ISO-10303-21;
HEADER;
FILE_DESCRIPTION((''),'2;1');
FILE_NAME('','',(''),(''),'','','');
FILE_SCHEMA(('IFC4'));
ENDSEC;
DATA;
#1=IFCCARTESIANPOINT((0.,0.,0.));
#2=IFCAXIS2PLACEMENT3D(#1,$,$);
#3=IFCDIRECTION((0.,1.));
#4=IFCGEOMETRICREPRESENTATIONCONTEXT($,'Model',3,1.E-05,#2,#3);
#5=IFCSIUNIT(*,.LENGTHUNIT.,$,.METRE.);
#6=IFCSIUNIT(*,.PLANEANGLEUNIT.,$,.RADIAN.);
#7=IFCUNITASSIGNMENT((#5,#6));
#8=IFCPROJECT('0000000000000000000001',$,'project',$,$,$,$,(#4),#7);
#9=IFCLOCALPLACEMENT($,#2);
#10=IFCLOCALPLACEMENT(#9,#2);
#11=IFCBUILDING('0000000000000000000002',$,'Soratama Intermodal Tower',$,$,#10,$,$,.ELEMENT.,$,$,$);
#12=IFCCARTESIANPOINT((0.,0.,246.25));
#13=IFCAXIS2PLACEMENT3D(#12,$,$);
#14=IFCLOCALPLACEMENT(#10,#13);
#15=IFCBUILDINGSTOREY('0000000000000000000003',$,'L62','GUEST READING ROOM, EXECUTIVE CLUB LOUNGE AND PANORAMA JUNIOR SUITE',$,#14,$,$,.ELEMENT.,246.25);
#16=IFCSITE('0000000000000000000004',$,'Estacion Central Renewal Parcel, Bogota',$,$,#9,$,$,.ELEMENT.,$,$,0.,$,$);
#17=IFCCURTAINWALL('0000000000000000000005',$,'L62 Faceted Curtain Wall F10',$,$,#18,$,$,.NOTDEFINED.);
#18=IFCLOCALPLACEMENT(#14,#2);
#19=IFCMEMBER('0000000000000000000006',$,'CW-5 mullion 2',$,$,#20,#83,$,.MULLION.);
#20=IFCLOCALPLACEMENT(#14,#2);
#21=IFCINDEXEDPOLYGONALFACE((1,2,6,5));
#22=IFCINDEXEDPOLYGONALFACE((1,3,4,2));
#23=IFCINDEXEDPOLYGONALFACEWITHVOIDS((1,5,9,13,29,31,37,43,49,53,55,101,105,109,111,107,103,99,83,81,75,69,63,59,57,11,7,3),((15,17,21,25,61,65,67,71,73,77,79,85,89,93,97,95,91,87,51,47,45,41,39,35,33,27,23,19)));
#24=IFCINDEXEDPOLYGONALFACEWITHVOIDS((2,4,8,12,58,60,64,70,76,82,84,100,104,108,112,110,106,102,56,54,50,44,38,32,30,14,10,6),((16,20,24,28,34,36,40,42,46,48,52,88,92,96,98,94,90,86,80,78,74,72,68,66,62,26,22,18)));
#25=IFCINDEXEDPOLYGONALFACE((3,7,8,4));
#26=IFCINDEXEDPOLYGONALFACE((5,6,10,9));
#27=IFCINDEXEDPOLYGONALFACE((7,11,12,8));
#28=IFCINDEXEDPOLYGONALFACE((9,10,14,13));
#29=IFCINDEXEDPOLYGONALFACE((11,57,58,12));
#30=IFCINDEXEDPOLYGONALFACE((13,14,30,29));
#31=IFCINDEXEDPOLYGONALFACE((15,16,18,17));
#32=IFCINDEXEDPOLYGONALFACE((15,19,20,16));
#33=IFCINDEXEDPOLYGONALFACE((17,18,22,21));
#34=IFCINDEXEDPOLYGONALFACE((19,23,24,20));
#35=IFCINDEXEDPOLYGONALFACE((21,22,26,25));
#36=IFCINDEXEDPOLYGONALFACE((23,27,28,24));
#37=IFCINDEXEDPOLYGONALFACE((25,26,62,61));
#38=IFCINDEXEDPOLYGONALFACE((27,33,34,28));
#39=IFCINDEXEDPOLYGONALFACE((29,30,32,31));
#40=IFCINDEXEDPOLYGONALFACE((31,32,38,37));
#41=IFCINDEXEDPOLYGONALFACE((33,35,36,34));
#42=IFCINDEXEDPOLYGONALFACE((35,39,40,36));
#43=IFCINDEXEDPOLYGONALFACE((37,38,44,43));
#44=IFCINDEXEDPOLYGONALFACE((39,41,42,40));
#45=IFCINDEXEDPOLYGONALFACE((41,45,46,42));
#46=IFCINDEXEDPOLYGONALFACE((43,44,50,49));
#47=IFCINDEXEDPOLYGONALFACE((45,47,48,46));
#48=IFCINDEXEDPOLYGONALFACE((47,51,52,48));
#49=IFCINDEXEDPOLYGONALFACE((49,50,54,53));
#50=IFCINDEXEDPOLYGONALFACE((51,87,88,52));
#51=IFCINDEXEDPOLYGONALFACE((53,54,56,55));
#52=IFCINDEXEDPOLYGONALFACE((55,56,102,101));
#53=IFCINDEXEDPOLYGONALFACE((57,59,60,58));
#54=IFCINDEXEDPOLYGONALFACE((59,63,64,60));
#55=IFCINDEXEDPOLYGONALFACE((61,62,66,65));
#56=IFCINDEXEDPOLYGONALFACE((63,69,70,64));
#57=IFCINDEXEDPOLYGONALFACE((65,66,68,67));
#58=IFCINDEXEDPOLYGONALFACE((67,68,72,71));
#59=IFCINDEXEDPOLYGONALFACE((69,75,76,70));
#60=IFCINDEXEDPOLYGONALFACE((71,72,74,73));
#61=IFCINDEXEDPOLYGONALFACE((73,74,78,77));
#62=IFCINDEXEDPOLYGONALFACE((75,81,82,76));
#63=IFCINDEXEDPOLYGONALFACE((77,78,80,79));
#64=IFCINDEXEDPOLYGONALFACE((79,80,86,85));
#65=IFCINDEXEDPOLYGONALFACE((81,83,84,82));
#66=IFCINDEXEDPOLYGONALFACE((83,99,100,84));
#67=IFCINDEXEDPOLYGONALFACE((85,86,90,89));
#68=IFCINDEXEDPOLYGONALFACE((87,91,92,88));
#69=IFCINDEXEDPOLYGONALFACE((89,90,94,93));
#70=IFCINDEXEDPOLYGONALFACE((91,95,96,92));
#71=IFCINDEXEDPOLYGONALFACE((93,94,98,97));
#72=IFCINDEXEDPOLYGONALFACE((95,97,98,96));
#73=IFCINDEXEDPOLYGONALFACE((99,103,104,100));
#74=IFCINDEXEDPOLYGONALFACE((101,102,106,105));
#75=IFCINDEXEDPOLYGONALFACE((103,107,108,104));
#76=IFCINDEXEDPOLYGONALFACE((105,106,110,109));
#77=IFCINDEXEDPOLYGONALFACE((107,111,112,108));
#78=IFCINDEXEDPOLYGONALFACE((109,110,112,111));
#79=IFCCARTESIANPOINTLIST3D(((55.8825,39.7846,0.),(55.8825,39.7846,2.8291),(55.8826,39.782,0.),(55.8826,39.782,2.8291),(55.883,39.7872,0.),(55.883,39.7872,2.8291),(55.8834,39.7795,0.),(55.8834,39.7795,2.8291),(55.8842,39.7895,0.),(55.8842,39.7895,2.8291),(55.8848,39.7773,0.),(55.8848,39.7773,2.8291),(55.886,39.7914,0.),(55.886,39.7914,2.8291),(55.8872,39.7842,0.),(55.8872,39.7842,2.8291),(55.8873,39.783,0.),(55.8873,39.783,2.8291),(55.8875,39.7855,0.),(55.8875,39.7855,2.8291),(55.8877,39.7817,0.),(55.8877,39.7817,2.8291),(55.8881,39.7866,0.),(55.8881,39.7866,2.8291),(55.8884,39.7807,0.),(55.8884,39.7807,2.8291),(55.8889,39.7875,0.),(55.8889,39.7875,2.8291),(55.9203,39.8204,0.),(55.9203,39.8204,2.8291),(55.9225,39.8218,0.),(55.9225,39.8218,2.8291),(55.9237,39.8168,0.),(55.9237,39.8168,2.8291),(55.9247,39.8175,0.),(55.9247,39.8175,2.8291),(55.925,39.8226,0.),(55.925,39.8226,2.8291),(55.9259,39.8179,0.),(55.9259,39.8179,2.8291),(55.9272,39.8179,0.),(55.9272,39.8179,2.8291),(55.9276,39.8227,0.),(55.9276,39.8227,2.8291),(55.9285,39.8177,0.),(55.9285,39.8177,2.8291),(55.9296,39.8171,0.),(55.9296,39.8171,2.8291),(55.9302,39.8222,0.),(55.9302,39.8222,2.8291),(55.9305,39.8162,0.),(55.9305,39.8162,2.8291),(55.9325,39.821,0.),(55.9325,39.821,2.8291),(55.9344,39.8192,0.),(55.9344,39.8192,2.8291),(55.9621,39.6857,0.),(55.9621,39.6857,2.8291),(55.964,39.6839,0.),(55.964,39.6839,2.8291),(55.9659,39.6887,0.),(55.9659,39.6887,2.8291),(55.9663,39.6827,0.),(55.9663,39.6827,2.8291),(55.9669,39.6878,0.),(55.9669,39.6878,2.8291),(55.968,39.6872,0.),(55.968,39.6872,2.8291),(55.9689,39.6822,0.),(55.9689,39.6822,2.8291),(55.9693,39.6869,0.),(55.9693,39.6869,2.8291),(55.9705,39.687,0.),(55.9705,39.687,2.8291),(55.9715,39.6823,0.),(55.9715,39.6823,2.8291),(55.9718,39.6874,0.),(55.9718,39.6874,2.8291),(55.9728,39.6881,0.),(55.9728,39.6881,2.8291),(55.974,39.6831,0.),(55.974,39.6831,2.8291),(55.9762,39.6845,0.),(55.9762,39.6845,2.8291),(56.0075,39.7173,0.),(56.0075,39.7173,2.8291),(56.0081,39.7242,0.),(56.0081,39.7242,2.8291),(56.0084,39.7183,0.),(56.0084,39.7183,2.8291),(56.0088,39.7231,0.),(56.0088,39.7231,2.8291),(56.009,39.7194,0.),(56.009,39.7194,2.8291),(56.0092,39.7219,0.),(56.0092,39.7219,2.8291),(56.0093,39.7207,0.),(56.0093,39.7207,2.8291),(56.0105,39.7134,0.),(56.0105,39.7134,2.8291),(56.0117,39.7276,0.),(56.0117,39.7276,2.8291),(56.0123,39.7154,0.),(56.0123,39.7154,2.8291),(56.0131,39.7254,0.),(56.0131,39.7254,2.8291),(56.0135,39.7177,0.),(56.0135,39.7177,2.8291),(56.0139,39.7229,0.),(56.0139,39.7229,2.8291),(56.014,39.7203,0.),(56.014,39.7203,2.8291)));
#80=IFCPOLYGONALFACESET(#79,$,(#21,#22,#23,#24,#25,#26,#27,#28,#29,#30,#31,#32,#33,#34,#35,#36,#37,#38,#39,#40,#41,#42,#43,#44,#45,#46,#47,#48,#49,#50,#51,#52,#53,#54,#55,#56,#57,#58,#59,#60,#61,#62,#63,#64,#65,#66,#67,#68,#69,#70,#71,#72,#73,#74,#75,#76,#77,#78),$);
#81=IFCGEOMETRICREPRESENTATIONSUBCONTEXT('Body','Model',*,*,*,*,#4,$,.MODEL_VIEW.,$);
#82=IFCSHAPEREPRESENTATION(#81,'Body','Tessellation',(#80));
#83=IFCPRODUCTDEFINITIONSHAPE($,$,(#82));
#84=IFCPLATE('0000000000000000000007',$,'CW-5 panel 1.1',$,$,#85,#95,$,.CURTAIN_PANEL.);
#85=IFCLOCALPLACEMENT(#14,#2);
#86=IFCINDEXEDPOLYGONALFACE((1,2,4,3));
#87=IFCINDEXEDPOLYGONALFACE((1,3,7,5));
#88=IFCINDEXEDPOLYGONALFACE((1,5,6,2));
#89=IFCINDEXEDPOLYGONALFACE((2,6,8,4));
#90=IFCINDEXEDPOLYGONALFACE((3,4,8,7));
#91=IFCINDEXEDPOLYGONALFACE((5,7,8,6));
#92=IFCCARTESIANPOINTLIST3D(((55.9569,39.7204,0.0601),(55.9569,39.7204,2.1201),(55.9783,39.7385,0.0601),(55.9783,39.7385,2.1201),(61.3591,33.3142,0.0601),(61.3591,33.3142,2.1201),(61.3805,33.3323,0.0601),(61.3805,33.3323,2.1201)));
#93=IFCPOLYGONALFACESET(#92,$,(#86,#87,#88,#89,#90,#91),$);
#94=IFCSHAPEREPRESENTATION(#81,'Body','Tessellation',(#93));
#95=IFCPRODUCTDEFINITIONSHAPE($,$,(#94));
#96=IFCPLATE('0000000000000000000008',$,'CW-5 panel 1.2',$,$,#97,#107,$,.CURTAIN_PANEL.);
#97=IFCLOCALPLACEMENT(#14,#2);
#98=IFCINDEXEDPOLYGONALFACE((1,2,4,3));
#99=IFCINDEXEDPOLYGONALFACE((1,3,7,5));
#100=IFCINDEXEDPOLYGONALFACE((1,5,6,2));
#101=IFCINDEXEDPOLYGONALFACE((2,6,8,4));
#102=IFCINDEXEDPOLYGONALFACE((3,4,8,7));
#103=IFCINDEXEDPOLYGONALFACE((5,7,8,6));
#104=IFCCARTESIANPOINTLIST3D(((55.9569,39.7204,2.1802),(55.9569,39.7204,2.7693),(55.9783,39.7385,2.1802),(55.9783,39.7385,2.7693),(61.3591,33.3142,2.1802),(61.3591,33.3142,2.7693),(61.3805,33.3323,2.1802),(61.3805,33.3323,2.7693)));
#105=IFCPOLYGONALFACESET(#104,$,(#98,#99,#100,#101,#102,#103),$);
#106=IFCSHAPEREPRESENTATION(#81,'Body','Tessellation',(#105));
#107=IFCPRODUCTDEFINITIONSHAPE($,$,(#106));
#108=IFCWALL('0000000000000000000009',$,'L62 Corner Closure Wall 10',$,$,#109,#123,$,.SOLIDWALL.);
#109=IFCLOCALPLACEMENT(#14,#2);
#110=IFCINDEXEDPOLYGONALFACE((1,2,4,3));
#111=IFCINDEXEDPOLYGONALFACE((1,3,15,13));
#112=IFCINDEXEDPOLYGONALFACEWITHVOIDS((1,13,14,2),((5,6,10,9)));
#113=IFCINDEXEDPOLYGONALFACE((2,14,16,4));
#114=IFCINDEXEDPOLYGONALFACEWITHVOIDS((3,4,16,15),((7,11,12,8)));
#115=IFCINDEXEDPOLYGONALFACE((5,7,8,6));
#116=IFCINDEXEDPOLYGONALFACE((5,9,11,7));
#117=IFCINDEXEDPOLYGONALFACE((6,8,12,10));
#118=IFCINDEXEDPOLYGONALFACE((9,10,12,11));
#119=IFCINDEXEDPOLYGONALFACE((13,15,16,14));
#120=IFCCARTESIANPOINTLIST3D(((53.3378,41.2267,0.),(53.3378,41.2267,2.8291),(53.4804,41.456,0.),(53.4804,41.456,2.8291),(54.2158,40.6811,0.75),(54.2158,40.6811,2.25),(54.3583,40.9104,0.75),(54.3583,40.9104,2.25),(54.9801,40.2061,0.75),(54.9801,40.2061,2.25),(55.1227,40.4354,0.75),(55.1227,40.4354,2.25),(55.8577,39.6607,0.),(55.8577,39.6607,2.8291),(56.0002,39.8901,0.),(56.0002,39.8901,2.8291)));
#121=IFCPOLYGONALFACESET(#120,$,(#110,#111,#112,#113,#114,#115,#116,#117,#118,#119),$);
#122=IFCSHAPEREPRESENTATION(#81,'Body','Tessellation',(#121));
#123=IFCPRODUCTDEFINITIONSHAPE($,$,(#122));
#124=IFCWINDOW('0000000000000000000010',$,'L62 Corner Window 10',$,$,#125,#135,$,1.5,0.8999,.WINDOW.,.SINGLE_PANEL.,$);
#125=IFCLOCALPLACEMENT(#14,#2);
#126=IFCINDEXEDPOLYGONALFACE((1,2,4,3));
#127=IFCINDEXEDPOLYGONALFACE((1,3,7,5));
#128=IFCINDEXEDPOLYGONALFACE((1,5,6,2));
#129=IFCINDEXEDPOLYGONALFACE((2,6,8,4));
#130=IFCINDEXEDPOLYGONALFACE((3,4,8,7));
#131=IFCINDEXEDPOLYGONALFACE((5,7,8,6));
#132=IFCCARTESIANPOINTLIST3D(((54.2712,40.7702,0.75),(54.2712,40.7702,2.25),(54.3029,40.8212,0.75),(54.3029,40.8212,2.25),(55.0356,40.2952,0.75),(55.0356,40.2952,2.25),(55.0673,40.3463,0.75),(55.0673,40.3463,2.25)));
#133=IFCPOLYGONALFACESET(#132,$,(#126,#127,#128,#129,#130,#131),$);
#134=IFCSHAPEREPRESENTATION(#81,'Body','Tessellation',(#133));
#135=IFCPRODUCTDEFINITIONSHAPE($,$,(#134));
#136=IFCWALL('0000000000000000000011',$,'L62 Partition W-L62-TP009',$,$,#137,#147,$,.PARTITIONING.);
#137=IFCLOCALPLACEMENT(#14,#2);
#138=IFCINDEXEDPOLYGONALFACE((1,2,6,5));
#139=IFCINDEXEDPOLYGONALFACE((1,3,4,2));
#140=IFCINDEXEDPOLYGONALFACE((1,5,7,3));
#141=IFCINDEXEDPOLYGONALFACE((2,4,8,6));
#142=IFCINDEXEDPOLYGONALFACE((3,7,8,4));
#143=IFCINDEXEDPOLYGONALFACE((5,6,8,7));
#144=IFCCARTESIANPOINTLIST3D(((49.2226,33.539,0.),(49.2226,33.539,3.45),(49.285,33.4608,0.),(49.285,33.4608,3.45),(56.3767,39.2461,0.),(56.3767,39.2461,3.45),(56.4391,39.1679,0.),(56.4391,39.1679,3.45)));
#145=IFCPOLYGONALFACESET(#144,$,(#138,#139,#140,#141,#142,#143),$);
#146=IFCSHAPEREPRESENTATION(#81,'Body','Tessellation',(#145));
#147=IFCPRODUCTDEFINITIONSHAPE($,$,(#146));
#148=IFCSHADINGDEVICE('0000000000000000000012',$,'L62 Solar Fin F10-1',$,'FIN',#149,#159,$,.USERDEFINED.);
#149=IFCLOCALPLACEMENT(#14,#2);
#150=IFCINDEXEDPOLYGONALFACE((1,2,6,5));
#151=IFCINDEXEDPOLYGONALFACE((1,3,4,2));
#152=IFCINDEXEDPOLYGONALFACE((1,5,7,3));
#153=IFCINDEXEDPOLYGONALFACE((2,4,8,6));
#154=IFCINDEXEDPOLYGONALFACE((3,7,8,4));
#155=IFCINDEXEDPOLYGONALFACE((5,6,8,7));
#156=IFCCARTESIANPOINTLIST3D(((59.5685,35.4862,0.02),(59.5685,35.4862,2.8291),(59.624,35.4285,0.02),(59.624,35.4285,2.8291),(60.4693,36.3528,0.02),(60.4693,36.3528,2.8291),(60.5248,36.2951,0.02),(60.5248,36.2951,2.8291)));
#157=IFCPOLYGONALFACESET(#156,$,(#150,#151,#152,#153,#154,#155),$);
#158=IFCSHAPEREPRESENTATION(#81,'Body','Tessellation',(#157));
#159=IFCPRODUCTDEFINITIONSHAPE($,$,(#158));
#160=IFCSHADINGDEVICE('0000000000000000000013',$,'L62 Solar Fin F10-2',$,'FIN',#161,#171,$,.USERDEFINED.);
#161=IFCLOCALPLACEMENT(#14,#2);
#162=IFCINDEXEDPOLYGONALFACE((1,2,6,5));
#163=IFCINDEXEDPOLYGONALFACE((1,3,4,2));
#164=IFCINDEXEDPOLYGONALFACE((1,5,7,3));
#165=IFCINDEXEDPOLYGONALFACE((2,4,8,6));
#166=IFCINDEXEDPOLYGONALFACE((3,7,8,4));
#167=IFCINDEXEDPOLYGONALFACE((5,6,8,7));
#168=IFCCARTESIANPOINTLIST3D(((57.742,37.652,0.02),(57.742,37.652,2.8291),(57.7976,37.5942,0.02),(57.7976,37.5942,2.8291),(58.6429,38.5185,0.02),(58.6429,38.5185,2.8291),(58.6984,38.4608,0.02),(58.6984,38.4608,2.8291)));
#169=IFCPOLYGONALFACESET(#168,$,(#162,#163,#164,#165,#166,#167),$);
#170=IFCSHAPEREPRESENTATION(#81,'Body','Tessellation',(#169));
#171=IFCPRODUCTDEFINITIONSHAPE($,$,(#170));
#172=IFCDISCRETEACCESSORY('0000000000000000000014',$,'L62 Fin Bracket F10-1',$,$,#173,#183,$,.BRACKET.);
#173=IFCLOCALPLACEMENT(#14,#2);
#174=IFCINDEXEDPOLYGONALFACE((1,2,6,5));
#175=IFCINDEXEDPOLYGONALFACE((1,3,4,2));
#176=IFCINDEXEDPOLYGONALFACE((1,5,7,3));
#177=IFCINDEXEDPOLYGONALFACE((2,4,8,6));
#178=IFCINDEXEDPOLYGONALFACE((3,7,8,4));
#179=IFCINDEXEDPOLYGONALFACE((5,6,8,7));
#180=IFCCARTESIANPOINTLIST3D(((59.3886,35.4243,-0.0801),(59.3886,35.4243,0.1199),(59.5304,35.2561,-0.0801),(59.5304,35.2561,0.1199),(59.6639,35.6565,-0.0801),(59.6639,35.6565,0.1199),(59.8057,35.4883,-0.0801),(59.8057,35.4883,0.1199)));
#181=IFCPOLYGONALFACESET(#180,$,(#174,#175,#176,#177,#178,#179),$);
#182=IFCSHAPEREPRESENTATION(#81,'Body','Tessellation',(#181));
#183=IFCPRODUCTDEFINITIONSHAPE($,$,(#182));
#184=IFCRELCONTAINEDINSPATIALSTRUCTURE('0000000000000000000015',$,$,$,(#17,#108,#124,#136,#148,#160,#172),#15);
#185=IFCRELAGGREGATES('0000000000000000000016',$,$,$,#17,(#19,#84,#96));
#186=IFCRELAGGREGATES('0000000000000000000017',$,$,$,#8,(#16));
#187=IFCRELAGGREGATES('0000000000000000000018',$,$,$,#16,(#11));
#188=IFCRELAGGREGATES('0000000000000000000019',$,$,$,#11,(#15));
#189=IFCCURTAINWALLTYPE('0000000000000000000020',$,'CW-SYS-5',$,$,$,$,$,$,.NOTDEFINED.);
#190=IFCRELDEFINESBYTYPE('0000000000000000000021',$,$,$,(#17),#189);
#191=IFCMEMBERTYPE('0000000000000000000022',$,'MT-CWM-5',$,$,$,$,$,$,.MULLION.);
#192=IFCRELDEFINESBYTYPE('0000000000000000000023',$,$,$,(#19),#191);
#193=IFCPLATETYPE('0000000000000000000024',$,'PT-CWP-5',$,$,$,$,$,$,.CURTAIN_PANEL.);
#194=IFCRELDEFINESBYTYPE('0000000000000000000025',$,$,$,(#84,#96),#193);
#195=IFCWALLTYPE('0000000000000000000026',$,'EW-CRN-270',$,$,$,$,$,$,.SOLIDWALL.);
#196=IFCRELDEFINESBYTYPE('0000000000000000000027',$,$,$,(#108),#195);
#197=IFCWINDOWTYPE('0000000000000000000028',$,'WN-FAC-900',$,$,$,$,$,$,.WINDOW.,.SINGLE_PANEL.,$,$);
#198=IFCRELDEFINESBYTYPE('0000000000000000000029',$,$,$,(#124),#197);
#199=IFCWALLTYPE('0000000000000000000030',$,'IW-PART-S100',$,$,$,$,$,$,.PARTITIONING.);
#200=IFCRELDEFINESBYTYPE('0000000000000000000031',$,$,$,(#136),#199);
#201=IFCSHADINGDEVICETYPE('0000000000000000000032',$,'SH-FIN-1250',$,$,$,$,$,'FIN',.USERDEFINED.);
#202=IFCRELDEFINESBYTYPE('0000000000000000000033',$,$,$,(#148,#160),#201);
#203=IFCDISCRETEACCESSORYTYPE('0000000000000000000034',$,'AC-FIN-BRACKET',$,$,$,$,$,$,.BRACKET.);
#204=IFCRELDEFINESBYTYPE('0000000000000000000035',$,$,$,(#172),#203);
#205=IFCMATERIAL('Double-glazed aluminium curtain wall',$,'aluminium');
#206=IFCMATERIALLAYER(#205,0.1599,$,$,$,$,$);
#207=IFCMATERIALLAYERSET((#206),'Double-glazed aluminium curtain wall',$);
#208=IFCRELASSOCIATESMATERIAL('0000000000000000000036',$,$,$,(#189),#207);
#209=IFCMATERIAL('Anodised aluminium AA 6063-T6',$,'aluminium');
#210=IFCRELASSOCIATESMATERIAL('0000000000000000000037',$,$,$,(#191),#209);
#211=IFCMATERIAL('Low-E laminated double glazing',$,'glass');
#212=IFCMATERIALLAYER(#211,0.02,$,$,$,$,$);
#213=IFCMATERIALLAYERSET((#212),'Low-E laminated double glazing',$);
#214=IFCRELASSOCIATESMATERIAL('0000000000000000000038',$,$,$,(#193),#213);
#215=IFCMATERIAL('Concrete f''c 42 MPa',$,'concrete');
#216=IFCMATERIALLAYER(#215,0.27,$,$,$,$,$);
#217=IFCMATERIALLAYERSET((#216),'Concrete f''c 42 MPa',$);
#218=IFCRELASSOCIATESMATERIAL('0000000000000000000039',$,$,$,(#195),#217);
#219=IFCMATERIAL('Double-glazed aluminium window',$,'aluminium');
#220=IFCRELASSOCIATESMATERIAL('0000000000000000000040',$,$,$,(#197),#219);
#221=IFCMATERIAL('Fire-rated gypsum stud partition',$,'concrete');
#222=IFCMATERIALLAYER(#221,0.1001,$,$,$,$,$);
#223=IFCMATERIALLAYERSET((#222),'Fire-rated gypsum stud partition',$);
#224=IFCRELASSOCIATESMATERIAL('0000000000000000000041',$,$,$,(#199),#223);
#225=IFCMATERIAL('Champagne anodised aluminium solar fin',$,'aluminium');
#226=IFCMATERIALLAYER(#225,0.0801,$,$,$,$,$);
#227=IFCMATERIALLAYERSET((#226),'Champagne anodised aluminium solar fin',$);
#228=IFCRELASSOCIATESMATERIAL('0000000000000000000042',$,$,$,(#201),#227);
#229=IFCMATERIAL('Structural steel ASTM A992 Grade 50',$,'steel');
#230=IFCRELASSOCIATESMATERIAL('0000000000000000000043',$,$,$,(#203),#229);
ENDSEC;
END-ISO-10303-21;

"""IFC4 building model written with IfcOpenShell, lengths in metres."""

from ifc_helpers import new_model, si_unit, direction, frame, frame_2d, origin, origin_2d, place, context, subcontext, project, spatial, rectangle, hollow_rectangle, extrude, material, layer, layer_set, material_profile, profile_set, type_object, element, fill, aggregate, save


model = new_model("IFC4")

# Units and contexts
model_context = context("Model", 3, precision=1e-05, world=origin(), true_north=direction((0.0, 1.0)))
body_context = subcontext(model_context, "Body", "Model", "MODEL_VIEW")
ifc_project = project(units=[si_unit("LENGTHUNIT", "METRE"), si_unit("PLANEANGLEUNIT", "RADIAN")], contexts=[model_context])

# Site, building, storey
site_placement = place(None, origin())
site = spatial("IfcSite", under=ifc_project, at=site_placement, Name="Estacion Central Renewal Parcel, Bogota", CompositionType="ELEMENT", RefElevation=0.0)
building_placement = place(site_placement, origin())
building = spatial("IfcBuilding", under=site, at=building_placement, Name="Soratama Intermodal Tower", CompositionType="ELEMENT")
storey_placement = place(building_placement, frame((0.0, 0.0, 246.25)))
storey = spatial("IfcBuildingStorey", under=building, at=storey_placement, Name="L62", Description="GUEST READING ROOM, EXECUTIVE CLUB LOUNGE AND PANORAMA JUNIOR SUITE", CompositionType="ELEMENT", Elevation=246.25)

# Curtain wall, member, plates
ifc_material_1 = material(Name="Double-glazed aluminium curtain wall", Category="aluminium")
ifc_layer_1 = layer(ifc_material_1, 0.1599)
ifc_layer_set_1 = layer_set([ifc_layer_1], Name="Double-glazed aluminium curtain wall")
curtain_wall_type = type_object("IfcCurtainWallType", Name="CW-SYS-5", PredefinedType="NOTDEFINED", material=ifc_layer_set_1)
curtain_wall_placement = place(storey_placement, origin())
curtain_wall = element("IfcCurtainWall", 1, at=curtain_wall_placement, inside=storey, type_object=curtain_wall_type, Name="L62 Faceted Curtain Wall F10", PredefinedType="NOTDEFINED")
ifc_material_2 = material(Name="Anodised aluminium AA 6063-T6", Category="aluminium")
ifc_material_profile_1 = material_profile(ifc_material_2, hollow_rectangle(XDim=0.0649, YDim=0.1399, WallThickness=0.0049, InnerFilletRadius=0.0049, OuterFilletRadius=0.01, at=origin_2d()), Name="CWM140X65X5")
ifc_profile_set_1 = profile_set([ifc_material_profile_1], Name="Anodised aluminium AA 6063-T6")
member_type = type_object("IfcMemberType", Name="MT-CWM-5", PredefinedType="MULLION", material=ifc_profile_set_1)
member_placement = place(storey_placement, frame((55.9482, 39.7524, 0.0), z_axis=(0.0, 0.0, 1.0), x_axis=(-0.764467, -0.644663, 0.0)))
member = element("IfcMember", 2, at=member_placement, type_object=member_type, Name="CW-5 mullion 2", PredefinedType="MULLION", context=body_context, shape_type="SweptSolid", body=[
    extrude(hollow_rectangle(XDim=0.0649, YDim=0.1399, WallThickness=0.0049, InnerFilletRadius=0.0049, OuterFilletRadius=0.01, at=origin_2d()), origin(), (0.0, 0.0, 1.0), 2.8291),
])
ifc_material_3 = material(Name="Low-E laminated double glazing", Category="glass")
ifc_layer_2 = layer(ifc_material_3, 0.02)
ifc_layer_set_2 = layer_set([ifc_layer_2], Name="Low-E laminated double glazing")
plate_type = type_object("IfcPlateType", Name="PT-CWP-5", PredefinedType="CURTAIN_PANEL", material=ifc_layer_set_2)
plate_1_placement = place(storey_placement, frame((58.6687, 36.5264, 0.0601), z_axis=(0.0, 0.0, 1.0), x_axis=(-0.644663, 0.764467, 0.0)))
plate_1 = element("IfcPlate", 3, at=plate_1_placement, type_object=plate_type, Name="CW-5 panel 1.1", PredefinedType="CURTAIN_PANEL", context=body_context, shape_type="SweptSolid", body=[
    extrude(rectangle(XDim=8.3799, YDim=0.0281, at=origin_2d()), origin(), (0.0, 0.0, 1.0), 2.0601),
])
plate_2_placement = place(storey_placement, frame((58.6687, 36.5264, 2.1802), z_axis=(0.0, 0.0, 1.0), x_axis=(-0.644663, 0.764467, 0.0)))
plate_2 = element("IfcPlate", 4, at=plate_2_placement, type_object=plate_type, Name="CW-5 panel 1.2", PredefinedType="CURTAIN_PANEL", context=body_context, shape_type="SweptSolid", body=[
    extrude(rectangle(XDim=8.3799, YDim=0.0281, at=origin_2d()), origin(), (0.0, 0.0, 1.0), 0.5891),
])
aggregate(curtain_wall, [member, plate_1, plate_2])

# Wall, opening, window
ifc_material_4 = material(Name="Concrete f'c 42 MPa", Category="concrete")
ifc_layer_3 = layer(ifc_material_4, 0.27)
ifc_layer_set_3 = layer_set([ifc_layer_3], Name="Concrete f'c 42 MPa")
wall_type_1 = type_object("IfcWallType", Name="EW-CRN-270", PredefinedType="SOLIDWALL", material=ifc_layer_set_3)
wall_1_placement = place(storey_placement, frame((55.929, 39.7754, 0.0), z_axis=(0.0, 0.0, 1.0), x_axis=(-0.84935, 0.52783, 0.0)))
wall_1 = element("IfcWall", 5, at=wall_1_placement, inside=storey, type_object=wall_type_1, Name="L62 Corner Closure Wall 10", PredefinedType="SOLIDWALL", context=body_context, shape_type="SweptSolid", body=[
    extrude(rectangle(XDim=2.9668, YDim=0.27, at=frame_2d((1.4834, 0.0))), origin(), (0.0, 0.0, 1.0), 2.8291),
])
opening_1_placement = place(wall_1_placement, frame((1.0332, 0.0, 0.75)))
opening_1 = element("IfcOpeningElement", 6, at=opening_1_placement, cuts=wall_1, PredefinedType="OPENING", context=body_context, shape_type="SweptSolid", body=[
    extrude(rectangle(XDim=0.8999, YDim=1.5, at=frame_2d((0.45, 0.75))), frame((0.0, 0.145, 0.0), z_axis=(0.0, -1.0, 0.0), x_axis=(1.0, 0.0, 0.0)), (0.0, 0.0, 1.0), 0.29),
])
ifc_material_5 = material(Name="Double-glazed aluminium window", Category="aluminium")
window_type_1 = type_object("IfcWindowType", Name="WN-FAC-900", PartitioningType="SINGLE_PANEL", PredefinedType="WINDOW", material=ifc_material_5)
window_1_placement = place(opening_1_placement, origin())
window_1 = element("IfcWindow", 7, at=window_1_placement, inside=storey, type_object=window_type_1, Name="L62 Corner Window 10", OverallHeight=1.5, OverallWidth=0.8999, PartitioningType="SINGLE_PANEL", PredefinedType="WINDOW", context=body_context, shape_type="SweptSolid", body=[
    extrude(rectangle(XDim=0.8999, YDim=1.5, at=frame_2d((0.45, 0.75))), frame((0.0, 0.03, 0.0), z_axis=(0.0, -1.0, 0.0), x_axis=(1.0, 0.0, 0.0)), (0.0, 0.0, 1.0), 0.0601),
])
fill(opening_1, window_1)

# Wall
ifc_material_6 = material(Name="Fire-rated gypsum stud partition", Category="concrete")
ifc_layer_4 = layer(ifc_material_6, 0.1001)
ifc_layer_set_4 = layer_set([ifc_layer_4], Name="Fire-rated gypsum stud partition")
wall_type_2 = type_object("IfcWallType", Name="IW-PART-S100", PredefinedType="PARTITIONING", material=ifc_layer_set_4)
wall_2_placement = place(storey_placement, frame((49.2539, 33.5, 0.0), z_axis=(0.0, 0.0, 1.0), x_axis=(0.781732, 0.623614, 0.0)))
element("IfcWall", 8, at=wall_2_placement, inside=storey, type_object=wall_type_2, Name="L62 Partition W-L62-TP009", PredefinedType="PARTITIONING", context=body_context, shape_type="SweptSolid", body=[
    extrude(rectangle(XDim=9.1516, YDim=0.1001, at=frame_2d((4.5757, 0.0))), origin(), (0.0, 0.0, 1.0), 3.45),
])

# Shading devices
ifc_material_7 = material(Name="Champagne anodised aluminium solar fin", Category="aluminium")
ifc_layer_5 = layer(ifc_material_7, 0.0801)
ifc_layer_set_5 = layer_set([ifc_layer_5], Name="Champagne anodised aluminium solar fin")
shading_device_type = type_object("IfcShadingDeviceType", Name="SH-FIN-1250", ElementType="FIN", PredefinedType="USERDEFINED", material=ifc_layer_set_5)
for number, where, z_axis, x_axis, name in (
    (9, (60.0466, 35.8906, 0.02), (0.0, 0.0, 1.0), (0.720672, 0.693276, 0.0), "L62 Solar Fin F10-1"),
    (10, (58.2202, 38.0564, 0.02), (0.0, 0.0, 1.0), (0.720672, 0.693276, 0.0), "L62 Solar Fin F10-2"),
):
    element("IfcShadingDevice", number, at=place(storey_placement, frame(where, z_axis=z_axis, x_axis=x_axis)), inside=storey, type_object=shading_device_type, Name=name, ObjectType="FIN", PredefinedType="USERDEFINED", context=body_context, shape_type="SweptSolid", body=[
        extrude(rectangle(XDim=1.25, YDim=0.0801, at=origin_2d()), origin(), (0.0, 0.0, 1.0), 2.8091),
    ])

# Discrete accessory
ifc_material_8 = material(Name="Structural steel ASTM A992 Grade 50", Category="steel")
discrete_accessory_type_1 = type_object("IfcDiscreteAccessoryType", Name="AC-FIN-BRACKET", PredefinedType="BRACKET", material=ifc_material_8)
for number, where, z_axis, x_axis, name in (
    (11, (59.5972, 35.4563, -0.0801), (0.0, 0.0, 1.0), (0.764472, 0.644657, 0.0), "L62 Fin Bracket F10-1"),
):
    element("IfcDiscreteAccessory", number, at=place(storey_placement, frame(where, z_axis=z_axis, x_axis=x_axis)), inside=storey, type_object=discrete_accessory_type_1, Name=name, PredefinedType="BRACKET", context=body_context, shape_type="SweptSolid", body=[
        extrude(rectangle(XDim=0.3601, YDim=0.22, at=origin_2d()), origin(), (0.0, 0.0, 1.0), 0.2),
    ])

save(model, "model.ifc")
